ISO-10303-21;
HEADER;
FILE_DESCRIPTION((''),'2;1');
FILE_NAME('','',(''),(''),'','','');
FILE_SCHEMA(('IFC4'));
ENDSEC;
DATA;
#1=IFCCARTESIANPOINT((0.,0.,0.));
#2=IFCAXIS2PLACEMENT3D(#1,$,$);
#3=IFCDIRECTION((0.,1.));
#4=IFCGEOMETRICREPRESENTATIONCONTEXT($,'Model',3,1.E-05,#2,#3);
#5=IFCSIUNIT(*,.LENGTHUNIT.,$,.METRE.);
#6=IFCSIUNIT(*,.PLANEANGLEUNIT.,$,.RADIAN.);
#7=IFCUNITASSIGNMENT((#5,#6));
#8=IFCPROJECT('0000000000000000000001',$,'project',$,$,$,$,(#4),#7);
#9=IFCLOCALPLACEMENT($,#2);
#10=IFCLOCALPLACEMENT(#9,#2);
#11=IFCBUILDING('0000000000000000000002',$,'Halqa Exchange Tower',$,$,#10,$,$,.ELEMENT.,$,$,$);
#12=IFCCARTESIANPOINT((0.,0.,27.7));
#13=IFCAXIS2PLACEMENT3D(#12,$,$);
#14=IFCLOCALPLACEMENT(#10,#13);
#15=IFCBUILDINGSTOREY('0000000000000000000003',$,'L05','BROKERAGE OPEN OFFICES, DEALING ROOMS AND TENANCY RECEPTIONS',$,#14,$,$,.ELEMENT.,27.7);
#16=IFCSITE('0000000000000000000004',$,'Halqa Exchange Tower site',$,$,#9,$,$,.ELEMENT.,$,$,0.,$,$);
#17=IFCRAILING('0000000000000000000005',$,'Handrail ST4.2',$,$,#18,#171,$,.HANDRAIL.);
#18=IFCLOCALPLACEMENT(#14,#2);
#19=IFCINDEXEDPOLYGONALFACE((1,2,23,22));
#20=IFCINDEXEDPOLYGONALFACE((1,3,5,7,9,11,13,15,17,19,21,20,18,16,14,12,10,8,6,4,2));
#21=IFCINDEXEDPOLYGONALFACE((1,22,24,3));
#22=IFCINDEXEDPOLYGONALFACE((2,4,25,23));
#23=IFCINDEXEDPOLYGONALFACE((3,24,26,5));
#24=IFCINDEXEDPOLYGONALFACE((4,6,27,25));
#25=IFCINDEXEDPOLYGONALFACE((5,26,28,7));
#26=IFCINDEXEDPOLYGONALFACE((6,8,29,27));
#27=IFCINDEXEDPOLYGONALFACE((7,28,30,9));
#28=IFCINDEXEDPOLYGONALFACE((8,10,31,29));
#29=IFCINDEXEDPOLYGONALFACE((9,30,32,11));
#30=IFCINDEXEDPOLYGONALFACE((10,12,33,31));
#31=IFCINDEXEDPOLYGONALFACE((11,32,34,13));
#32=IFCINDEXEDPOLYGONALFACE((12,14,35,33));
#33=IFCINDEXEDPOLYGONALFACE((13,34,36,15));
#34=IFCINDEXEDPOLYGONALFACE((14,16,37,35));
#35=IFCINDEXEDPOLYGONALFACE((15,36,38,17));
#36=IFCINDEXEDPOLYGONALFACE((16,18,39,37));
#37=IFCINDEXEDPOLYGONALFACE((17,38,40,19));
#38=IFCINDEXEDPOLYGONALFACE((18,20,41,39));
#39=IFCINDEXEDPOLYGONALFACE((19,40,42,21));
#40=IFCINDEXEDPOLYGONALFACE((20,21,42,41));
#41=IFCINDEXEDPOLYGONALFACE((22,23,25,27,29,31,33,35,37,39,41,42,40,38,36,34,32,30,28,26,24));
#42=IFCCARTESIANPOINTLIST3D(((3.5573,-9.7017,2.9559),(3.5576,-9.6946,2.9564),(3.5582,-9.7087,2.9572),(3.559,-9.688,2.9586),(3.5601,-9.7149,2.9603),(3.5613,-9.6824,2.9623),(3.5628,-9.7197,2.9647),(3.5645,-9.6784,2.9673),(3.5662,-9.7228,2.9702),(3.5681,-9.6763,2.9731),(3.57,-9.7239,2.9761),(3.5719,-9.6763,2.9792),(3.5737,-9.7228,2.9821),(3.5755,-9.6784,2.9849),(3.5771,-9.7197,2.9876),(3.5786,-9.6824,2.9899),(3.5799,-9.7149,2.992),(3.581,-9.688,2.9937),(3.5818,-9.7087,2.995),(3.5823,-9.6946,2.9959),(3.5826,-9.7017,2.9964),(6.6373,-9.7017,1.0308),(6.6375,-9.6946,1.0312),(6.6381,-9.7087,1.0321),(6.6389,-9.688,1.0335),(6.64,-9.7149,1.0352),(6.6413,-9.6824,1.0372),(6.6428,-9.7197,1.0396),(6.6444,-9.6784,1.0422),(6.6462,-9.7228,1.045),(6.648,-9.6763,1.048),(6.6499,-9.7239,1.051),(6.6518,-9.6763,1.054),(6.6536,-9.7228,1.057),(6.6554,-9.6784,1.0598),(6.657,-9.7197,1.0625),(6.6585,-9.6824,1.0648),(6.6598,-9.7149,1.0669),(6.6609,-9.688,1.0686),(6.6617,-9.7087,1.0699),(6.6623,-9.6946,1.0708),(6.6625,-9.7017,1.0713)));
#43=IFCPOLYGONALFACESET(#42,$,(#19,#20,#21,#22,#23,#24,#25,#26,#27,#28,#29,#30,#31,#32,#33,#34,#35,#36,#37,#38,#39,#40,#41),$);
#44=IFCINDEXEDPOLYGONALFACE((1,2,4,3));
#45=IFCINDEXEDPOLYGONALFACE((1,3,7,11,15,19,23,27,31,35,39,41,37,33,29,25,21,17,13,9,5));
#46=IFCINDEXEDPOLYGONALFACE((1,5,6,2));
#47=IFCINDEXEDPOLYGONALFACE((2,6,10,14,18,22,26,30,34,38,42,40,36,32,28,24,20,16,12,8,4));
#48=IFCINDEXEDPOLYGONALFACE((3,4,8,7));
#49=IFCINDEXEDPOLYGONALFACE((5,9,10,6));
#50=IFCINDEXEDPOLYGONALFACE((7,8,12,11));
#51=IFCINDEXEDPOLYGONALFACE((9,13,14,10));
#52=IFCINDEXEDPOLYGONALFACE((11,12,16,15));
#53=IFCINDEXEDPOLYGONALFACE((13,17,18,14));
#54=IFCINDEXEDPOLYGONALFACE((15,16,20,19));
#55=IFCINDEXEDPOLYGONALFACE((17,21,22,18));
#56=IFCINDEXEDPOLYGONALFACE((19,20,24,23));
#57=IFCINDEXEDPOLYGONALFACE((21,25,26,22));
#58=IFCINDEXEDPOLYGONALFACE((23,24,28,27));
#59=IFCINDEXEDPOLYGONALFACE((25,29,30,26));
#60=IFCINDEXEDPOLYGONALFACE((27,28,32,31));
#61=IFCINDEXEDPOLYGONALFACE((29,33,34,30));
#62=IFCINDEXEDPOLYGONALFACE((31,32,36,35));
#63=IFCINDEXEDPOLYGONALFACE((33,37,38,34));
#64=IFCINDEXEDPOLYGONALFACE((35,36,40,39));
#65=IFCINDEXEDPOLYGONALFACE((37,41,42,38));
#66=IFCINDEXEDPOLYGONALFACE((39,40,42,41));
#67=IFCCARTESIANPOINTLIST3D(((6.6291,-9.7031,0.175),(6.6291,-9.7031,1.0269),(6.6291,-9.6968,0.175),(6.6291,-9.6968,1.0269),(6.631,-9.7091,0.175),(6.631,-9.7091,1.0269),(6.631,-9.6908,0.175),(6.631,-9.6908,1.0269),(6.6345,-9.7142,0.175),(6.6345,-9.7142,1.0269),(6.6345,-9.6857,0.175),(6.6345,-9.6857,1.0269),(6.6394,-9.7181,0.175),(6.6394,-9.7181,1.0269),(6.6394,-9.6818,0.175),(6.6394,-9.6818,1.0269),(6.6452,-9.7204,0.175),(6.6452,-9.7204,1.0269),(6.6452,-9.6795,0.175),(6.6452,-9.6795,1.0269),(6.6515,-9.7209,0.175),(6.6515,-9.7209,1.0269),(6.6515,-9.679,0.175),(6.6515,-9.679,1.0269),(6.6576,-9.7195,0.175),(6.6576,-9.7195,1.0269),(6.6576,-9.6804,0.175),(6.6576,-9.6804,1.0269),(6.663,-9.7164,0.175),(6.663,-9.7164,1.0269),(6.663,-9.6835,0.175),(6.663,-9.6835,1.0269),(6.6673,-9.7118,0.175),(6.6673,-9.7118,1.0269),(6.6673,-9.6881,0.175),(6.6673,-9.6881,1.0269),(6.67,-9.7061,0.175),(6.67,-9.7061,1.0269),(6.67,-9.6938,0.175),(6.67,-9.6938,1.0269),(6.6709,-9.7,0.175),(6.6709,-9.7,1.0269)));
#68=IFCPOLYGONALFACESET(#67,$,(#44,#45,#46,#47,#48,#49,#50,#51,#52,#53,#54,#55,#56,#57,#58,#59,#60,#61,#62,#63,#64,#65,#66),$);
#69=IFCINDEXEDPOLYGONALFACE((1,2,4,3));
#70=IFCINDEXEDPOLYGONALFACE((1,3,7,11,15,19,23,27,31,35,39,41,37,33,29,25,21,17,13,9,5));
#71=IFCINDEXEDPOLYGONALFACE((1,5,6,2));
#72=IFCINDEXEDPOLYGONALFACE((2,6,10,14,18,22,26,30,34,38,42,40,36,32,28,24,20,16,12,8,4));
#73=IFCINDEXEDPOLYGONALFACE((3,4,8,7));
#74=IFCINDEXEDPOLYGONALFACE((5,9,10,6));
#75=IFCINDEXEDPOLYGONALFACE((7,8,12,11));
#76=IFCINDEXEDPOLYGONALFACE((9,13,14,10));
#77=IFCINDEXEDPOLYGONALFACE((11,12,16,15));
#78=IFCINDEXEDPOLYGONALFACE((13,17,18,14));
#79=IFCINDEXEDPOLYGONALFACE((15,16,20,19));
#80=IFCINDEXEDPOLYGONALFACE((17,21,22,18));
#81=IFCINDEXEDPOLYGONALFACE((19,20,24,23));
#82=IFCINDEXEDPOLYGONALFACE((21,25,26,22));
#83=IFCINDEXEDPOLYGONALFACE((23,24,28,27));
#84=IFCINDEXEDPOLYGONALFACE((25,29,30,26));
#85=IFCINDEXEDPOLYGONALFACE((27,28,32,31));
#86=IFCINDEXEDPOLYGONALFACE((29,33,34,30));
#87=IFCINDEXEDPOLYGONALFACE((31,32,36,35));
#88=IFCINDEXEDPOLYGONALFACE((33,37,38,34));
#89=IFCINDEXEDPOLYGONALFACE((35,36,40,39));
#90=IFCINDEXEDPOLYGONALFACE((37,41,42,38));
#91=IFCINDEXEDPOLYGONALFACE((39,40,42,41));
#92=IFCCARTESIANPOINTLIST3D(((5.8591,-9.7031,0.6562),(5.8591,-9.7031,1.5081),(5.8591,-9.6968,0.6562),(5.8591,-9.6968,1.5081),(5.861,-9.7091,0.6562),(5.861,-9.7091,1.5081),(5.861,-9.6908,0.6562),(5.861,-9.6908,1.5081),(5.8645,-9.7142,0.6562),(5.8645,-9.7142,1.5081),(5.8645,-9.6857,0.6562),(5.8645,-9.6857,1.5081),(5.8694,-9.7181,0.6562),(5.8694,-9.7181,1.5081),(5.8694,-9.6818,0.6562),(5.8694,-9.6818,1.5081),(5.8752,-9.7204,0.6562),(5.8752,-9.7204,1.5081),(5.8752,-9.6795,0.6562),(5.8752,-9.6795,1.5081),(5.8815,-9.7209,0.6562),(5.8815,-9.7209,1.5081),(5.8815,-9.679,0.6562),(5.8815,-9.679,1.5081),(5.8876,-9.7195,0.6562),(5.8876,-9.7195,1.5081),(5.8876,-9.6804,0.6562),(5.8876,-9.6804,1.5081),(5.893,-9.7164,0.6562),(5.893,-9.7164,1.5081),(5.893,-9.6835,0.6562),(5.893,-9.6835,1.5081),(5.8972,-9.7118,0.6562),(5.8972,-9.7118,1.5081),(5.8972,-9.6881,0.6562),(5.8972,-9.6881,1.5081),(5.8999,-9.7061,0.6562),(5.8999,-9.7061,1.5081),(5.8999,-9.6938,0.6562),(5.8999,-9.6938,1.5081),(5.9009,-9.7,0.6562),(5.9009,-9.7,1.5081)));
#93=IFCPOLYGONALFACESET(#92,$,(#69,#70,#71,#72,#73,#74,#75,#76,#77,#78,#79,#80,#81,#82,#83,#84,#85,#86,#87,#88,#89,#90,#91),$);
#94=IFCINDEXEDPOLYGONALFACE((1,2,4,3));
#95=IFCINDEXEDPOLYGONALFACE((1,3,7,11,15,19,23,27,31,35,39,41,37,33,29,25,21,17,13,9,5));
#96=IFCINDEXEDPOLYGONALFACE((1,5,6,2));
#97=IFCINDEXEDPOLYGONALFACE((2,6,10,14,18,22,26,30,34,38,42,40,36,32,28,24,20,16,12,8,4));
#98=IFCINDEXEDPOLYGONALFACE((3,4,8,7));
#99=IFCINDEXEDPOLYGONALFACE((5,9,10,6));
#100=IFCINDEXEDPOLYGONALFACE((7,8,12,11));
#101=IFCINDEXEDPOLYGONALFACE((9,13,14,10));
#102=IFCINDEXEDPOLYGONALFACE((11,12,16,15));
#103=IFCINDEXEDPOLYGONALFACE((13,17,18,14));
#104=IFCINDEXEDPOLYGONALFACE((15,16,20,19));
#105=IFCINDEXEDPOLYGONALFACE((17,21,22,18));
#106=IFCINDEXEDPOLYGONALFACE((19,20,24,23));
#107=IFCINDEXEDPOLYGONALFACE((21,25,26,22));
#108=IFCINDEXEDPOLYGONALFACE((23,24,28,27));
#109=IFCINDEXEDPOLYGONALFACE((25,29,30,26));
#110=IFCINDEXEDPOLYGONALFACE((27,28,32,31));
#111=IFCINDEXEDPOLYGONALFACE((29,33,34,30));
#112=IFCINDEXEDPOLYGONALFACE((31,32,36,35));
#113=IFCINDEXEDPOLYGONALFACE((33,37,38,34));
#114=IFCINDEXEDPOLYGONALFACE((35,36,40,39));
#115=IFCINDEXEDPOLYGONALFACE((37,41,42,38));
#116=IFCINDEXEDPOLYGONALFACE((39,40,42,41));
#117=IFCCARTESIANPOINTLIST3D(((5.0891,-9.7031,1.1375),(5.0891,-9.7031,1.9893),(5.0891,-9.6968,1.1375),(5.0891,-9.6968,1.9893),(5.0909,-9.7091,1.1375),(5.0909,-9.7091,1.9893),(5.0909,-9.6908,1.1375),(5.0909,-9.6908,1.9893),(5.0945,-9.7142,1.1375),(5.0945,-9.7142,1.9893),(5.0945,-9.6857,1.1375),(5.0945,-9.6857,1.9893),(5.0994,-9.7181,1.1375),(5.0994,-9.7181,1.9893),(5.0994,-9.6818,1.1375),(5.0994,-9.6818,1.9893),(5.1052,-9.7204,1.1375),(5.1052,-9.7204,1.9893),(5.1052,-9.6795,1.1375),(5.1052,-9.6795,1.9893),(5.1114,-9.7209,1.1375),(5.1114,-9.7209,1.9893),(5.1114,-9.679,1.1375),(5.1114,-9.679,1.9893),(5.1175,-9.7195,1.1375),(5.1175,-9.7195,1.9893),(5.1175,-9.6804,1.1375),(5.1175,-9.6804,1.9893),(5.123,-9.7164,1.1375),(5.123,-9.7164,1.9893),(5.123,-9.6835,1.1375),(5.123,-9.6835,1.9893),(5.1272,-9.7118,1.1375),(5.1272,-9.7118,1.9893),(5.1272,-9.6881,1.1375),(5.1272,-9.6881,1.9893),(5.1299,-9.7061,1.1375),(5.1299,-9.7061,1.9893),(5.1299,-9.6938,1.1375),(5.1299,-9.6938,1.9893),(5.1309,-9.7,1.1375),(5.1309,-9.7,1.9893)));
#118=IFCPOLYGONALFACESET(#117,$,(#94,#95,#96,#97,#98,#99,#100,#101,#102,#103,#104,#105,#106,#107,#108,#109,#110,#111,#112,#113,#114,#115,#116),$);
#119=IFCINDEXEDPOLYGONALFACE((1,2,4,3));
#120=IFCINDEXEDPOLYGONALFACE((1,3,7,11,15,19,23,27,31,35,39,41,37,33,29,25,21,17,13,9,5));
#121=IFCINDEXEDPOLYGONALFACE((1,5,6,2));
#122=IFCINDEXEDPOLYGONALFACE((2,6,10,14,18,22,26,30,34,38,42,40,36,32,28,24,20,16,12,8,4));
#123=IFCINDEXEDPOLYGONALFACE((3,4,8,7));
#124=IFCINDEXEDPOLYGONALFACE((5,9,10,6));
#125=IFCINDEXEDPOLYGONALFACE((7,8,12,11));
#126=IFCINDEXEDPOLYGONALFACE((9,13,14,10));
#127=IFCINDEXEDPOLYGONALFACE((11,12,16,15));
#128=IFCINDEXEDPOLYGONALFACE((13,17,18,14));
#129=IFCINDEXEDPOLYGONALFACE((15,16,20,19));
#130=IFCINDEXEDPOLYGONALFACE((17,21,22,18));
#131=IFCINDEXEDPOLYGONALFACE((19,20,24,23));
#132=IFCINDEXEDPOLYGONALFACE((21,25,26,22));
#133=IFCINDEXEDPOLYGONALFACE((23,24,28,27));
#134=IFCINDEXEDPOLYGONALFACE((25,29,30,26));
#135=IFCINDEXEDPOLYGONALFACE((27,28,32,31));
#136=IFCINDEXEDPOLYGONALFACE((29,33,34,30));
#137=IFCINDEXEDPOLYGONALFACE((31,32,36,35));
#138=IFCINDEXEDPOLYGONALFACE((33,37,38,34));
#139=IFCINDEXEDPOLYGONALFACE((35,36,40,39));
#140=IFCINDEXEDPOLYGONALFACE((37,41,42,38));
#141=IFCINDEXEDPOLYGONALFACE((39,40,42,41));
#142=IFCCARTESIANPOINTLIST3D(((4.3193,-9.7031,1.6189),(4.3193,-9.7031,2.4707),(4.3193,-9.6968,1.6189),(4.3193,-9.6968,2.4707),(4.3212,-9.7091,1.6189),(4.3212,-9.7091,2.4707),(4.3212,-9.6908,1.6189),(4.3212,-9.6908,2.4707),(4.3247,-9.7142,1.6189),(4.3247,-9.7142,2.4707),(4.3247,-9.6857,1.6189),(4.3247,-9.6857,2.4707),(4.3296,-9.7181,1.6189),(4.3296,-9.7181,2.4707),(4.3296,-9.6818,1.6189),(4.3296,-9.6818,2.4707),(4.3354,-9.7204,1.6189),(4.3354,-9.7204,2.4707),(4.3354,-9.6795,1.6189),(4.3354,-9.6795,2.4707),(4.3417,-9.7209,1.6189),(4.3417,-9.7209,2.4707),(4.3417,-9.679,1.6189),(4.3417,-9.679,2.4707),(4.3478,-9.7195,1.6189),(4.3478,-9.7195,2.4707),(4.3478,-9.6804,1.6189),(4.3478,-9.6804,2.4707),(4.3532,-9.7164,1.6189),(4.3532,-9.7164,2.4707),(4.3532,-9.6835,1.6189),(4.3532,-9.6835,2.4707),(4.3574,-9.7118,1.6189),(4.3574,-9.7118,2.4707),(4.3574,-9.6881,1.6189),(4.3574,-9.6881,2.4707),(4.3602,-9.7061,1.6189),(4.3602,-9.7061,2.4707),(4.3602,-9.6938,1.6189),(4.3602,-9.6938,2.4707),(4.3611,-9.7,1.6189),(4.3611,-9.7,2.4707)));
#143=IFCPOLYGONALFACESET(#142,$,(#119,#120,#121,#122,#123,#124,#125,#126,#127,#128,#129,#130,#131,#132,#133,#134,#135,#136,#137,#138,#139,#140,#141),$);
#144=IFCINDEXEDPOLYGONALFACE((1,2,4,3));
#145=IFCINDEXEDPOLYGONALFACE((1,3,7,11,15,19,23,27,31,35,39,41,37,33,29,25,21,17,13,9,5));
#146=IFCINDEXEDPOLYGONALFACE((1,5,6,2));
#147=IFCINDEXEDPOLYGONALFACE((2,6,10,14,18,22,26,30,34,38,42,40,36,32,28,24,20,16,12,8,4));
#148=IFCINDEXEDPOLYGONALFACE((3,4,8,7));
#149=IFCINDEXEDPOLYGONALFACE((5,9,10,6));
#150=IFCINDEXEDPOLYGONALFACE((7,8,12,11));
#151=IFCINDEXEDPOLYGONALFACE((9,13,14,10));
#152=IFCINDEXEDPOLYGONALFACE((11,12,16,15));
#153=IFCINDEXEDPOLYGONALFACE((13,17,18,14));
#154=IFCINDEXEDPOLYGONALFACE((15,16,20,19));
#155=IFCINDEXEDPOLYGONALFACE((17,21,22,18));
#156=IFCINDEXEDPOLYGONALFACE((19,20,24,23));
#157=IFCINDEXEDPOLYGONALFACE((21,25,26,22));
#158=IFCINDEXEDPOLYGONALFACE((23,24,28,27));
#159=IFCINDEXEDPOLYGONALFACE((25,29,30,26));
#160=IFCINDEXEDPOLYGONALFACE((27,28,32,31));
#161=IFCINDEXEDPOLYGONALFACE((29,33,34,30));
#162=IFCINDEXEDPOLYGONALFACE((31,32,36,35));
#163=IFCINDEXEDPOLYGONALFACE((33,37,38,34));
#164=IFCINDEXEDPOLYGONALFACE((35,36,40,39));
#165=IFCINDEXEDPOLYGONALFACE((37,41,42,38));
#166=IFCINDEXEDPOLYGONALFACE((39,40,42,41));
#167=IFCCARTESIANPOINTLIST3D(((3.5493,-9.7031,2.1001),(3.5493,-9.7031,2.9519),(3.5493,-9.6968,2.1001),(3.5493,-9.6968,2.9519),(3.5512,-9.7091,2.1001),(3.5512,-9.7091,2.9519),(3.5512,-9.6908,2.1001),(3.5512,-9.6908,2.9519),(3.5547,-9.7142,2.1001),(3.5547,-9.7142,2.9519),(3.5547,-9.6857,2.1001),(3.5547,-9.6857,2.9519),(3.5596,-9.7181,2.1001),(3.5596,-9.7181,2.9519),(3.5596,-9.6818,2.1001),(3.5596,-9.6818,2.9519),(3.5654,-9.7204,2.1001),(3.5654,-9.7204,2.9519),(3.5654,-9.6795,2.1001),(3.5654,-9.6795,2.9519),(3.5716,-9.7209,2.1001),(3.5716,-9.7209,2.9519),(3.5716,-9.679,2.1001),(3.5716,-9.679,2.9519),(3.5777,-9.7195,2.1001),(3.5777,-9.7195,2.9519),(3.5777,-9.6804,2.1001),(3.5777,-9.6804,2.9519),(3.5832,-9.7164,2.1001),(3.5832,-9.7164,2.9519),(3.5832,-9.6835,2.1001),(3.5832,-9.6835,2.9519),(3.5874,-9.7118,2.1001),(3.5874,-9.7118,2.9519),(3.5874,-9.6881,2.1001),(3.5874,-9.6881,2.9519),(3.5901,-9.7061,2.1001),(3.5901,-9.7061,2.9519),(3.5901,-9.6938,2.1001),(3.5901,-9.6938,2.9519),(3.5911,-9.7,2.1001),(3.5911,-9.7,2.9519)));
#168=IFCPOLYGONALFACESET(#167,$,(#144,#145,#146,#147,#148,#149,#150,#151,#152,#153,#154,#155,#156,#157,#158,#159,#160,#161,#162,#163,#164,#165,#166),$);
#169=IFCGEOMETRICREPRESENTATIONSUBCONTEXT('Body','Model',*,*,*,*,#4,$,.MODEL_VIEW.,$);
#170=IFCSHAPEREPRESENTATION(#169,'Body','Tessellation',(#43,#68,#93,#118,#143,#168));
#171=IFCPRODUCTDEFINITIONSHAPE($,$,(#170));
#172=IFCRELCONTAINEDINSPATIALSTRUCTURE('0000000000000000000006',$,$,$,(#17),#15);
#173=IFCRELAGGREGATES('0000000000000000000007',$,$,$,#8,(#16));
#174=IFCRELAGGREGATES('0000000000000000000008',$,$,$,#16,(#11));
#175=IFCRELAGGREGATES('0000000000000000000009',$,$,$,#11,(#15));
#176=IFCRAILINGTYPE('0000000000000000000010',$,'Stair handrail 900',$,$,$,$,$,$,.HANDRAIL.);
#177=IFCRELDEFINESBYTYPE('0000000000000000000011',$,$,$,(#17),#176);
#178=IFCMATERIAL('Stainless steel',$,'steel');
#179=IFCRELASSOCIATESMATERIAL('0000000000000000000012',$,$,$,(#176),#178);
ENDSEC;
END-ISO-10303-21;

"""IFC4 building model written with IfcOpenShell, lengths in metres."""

from ifc_helpers import new_model, si_unit, direction, frame, origin, origin_2d, place, context, subcontext, project, spatial, circle, extrude, material, type_object, element, save


model = new_model("IFC4")

# Units and contexts
model_context = context("Model", 3, precision=1e-05, world=origin(), true_north=direction((0.0, 1.0)))
body_context = subcontext(model_context, "Body", "Model", "MODEL_VIEW")
ifc_project = project(units=[si_unit("LENGTHUNIT", "METRE"), si_unit("PLANEANGLEUNIT", "RADIAN")], contexts=[model_context])

# Site, building, storey
site_placement = place(None, origin())
site = spatial("IfcSite", under=ifc_project, at=site_placement, Name="Halqa Exchange Tower site", CompositionType="ELEMENT", RefElevation=0.0)
building_placement = place(site_placement, origin())
building = spatial("IfcBuilding", under=site, at=building_placement, Name="Halqa Exchange Tower", CompositionType="ELEMENT")
storey_placement = place(building_placement, frame((0.0, 0.0, 27.7)))
storey = spatial("IfcBuildingStorey", under=building, at=storey_placement, Name="L05", Description="BROKERAGE OPEN OFFICES, DEALING ROOMS AND TENANCY RECEPTIONS", CompositionType="ELEMENT", Elevation=27.7)

# Railing
ifc_material_1 = material(Name="Stainless steel", Category="steel")
railing_type_1 = type_object("IfcRailingType", Name="Stair handrail 900", PredefinedType="HANDRAIL", material=ifc_material_1)
railing_1_placement = place(storey_placement, frame((6.6499, -9.7, 0.175)))
element("IfcRailing", 1, at=railing_1_placement, inside=storey, type_object=railing_type_1, Name="Handrail ST4.2", PredefinedType="HANDRAIL", context=body_context, shape_type="SweptSolid", body=[
    extrude(circle(Radius=0.0239, at=origin_2d()), frame((0.0, 0.0, 0.876), z_axis=(-0.847979, 0.0, 0.530029), x_axis=(0.0, -1.0, 0.0)), (0.0, 0.0, 1.0), 3.6321),
    extrude(circle(Radius=0.021, at=origin_2d()), origin(), (0.0, 0.0, 1.0), 0.8518),
    extrude(circle(Radius=0.021, at=origin_2d()), frame((-0.77, 0.0, 0.4812)), (0.0, 0.0, 1.0), 0.8518),
    extrude(circle(Radius=0.021, at=origin_2d()), frame((-1.54, 0.0, 0.9624)), (0.0, 0.0, 1.0), 0.8518),
    extrude(circle(Radius=0.021, at=origin_2d()), frame((-2.3098, 0.0, 1.4438)), (0.0, 0.0, 1.0), 0.8518),
    extrude(circle(Radius=0.021, at=origin_2d()), frame((-3.0798, 0.0, 1.925)), (0.0, 0.0, 1.0), 0.8518),
])

save(model, "model.ifc")
